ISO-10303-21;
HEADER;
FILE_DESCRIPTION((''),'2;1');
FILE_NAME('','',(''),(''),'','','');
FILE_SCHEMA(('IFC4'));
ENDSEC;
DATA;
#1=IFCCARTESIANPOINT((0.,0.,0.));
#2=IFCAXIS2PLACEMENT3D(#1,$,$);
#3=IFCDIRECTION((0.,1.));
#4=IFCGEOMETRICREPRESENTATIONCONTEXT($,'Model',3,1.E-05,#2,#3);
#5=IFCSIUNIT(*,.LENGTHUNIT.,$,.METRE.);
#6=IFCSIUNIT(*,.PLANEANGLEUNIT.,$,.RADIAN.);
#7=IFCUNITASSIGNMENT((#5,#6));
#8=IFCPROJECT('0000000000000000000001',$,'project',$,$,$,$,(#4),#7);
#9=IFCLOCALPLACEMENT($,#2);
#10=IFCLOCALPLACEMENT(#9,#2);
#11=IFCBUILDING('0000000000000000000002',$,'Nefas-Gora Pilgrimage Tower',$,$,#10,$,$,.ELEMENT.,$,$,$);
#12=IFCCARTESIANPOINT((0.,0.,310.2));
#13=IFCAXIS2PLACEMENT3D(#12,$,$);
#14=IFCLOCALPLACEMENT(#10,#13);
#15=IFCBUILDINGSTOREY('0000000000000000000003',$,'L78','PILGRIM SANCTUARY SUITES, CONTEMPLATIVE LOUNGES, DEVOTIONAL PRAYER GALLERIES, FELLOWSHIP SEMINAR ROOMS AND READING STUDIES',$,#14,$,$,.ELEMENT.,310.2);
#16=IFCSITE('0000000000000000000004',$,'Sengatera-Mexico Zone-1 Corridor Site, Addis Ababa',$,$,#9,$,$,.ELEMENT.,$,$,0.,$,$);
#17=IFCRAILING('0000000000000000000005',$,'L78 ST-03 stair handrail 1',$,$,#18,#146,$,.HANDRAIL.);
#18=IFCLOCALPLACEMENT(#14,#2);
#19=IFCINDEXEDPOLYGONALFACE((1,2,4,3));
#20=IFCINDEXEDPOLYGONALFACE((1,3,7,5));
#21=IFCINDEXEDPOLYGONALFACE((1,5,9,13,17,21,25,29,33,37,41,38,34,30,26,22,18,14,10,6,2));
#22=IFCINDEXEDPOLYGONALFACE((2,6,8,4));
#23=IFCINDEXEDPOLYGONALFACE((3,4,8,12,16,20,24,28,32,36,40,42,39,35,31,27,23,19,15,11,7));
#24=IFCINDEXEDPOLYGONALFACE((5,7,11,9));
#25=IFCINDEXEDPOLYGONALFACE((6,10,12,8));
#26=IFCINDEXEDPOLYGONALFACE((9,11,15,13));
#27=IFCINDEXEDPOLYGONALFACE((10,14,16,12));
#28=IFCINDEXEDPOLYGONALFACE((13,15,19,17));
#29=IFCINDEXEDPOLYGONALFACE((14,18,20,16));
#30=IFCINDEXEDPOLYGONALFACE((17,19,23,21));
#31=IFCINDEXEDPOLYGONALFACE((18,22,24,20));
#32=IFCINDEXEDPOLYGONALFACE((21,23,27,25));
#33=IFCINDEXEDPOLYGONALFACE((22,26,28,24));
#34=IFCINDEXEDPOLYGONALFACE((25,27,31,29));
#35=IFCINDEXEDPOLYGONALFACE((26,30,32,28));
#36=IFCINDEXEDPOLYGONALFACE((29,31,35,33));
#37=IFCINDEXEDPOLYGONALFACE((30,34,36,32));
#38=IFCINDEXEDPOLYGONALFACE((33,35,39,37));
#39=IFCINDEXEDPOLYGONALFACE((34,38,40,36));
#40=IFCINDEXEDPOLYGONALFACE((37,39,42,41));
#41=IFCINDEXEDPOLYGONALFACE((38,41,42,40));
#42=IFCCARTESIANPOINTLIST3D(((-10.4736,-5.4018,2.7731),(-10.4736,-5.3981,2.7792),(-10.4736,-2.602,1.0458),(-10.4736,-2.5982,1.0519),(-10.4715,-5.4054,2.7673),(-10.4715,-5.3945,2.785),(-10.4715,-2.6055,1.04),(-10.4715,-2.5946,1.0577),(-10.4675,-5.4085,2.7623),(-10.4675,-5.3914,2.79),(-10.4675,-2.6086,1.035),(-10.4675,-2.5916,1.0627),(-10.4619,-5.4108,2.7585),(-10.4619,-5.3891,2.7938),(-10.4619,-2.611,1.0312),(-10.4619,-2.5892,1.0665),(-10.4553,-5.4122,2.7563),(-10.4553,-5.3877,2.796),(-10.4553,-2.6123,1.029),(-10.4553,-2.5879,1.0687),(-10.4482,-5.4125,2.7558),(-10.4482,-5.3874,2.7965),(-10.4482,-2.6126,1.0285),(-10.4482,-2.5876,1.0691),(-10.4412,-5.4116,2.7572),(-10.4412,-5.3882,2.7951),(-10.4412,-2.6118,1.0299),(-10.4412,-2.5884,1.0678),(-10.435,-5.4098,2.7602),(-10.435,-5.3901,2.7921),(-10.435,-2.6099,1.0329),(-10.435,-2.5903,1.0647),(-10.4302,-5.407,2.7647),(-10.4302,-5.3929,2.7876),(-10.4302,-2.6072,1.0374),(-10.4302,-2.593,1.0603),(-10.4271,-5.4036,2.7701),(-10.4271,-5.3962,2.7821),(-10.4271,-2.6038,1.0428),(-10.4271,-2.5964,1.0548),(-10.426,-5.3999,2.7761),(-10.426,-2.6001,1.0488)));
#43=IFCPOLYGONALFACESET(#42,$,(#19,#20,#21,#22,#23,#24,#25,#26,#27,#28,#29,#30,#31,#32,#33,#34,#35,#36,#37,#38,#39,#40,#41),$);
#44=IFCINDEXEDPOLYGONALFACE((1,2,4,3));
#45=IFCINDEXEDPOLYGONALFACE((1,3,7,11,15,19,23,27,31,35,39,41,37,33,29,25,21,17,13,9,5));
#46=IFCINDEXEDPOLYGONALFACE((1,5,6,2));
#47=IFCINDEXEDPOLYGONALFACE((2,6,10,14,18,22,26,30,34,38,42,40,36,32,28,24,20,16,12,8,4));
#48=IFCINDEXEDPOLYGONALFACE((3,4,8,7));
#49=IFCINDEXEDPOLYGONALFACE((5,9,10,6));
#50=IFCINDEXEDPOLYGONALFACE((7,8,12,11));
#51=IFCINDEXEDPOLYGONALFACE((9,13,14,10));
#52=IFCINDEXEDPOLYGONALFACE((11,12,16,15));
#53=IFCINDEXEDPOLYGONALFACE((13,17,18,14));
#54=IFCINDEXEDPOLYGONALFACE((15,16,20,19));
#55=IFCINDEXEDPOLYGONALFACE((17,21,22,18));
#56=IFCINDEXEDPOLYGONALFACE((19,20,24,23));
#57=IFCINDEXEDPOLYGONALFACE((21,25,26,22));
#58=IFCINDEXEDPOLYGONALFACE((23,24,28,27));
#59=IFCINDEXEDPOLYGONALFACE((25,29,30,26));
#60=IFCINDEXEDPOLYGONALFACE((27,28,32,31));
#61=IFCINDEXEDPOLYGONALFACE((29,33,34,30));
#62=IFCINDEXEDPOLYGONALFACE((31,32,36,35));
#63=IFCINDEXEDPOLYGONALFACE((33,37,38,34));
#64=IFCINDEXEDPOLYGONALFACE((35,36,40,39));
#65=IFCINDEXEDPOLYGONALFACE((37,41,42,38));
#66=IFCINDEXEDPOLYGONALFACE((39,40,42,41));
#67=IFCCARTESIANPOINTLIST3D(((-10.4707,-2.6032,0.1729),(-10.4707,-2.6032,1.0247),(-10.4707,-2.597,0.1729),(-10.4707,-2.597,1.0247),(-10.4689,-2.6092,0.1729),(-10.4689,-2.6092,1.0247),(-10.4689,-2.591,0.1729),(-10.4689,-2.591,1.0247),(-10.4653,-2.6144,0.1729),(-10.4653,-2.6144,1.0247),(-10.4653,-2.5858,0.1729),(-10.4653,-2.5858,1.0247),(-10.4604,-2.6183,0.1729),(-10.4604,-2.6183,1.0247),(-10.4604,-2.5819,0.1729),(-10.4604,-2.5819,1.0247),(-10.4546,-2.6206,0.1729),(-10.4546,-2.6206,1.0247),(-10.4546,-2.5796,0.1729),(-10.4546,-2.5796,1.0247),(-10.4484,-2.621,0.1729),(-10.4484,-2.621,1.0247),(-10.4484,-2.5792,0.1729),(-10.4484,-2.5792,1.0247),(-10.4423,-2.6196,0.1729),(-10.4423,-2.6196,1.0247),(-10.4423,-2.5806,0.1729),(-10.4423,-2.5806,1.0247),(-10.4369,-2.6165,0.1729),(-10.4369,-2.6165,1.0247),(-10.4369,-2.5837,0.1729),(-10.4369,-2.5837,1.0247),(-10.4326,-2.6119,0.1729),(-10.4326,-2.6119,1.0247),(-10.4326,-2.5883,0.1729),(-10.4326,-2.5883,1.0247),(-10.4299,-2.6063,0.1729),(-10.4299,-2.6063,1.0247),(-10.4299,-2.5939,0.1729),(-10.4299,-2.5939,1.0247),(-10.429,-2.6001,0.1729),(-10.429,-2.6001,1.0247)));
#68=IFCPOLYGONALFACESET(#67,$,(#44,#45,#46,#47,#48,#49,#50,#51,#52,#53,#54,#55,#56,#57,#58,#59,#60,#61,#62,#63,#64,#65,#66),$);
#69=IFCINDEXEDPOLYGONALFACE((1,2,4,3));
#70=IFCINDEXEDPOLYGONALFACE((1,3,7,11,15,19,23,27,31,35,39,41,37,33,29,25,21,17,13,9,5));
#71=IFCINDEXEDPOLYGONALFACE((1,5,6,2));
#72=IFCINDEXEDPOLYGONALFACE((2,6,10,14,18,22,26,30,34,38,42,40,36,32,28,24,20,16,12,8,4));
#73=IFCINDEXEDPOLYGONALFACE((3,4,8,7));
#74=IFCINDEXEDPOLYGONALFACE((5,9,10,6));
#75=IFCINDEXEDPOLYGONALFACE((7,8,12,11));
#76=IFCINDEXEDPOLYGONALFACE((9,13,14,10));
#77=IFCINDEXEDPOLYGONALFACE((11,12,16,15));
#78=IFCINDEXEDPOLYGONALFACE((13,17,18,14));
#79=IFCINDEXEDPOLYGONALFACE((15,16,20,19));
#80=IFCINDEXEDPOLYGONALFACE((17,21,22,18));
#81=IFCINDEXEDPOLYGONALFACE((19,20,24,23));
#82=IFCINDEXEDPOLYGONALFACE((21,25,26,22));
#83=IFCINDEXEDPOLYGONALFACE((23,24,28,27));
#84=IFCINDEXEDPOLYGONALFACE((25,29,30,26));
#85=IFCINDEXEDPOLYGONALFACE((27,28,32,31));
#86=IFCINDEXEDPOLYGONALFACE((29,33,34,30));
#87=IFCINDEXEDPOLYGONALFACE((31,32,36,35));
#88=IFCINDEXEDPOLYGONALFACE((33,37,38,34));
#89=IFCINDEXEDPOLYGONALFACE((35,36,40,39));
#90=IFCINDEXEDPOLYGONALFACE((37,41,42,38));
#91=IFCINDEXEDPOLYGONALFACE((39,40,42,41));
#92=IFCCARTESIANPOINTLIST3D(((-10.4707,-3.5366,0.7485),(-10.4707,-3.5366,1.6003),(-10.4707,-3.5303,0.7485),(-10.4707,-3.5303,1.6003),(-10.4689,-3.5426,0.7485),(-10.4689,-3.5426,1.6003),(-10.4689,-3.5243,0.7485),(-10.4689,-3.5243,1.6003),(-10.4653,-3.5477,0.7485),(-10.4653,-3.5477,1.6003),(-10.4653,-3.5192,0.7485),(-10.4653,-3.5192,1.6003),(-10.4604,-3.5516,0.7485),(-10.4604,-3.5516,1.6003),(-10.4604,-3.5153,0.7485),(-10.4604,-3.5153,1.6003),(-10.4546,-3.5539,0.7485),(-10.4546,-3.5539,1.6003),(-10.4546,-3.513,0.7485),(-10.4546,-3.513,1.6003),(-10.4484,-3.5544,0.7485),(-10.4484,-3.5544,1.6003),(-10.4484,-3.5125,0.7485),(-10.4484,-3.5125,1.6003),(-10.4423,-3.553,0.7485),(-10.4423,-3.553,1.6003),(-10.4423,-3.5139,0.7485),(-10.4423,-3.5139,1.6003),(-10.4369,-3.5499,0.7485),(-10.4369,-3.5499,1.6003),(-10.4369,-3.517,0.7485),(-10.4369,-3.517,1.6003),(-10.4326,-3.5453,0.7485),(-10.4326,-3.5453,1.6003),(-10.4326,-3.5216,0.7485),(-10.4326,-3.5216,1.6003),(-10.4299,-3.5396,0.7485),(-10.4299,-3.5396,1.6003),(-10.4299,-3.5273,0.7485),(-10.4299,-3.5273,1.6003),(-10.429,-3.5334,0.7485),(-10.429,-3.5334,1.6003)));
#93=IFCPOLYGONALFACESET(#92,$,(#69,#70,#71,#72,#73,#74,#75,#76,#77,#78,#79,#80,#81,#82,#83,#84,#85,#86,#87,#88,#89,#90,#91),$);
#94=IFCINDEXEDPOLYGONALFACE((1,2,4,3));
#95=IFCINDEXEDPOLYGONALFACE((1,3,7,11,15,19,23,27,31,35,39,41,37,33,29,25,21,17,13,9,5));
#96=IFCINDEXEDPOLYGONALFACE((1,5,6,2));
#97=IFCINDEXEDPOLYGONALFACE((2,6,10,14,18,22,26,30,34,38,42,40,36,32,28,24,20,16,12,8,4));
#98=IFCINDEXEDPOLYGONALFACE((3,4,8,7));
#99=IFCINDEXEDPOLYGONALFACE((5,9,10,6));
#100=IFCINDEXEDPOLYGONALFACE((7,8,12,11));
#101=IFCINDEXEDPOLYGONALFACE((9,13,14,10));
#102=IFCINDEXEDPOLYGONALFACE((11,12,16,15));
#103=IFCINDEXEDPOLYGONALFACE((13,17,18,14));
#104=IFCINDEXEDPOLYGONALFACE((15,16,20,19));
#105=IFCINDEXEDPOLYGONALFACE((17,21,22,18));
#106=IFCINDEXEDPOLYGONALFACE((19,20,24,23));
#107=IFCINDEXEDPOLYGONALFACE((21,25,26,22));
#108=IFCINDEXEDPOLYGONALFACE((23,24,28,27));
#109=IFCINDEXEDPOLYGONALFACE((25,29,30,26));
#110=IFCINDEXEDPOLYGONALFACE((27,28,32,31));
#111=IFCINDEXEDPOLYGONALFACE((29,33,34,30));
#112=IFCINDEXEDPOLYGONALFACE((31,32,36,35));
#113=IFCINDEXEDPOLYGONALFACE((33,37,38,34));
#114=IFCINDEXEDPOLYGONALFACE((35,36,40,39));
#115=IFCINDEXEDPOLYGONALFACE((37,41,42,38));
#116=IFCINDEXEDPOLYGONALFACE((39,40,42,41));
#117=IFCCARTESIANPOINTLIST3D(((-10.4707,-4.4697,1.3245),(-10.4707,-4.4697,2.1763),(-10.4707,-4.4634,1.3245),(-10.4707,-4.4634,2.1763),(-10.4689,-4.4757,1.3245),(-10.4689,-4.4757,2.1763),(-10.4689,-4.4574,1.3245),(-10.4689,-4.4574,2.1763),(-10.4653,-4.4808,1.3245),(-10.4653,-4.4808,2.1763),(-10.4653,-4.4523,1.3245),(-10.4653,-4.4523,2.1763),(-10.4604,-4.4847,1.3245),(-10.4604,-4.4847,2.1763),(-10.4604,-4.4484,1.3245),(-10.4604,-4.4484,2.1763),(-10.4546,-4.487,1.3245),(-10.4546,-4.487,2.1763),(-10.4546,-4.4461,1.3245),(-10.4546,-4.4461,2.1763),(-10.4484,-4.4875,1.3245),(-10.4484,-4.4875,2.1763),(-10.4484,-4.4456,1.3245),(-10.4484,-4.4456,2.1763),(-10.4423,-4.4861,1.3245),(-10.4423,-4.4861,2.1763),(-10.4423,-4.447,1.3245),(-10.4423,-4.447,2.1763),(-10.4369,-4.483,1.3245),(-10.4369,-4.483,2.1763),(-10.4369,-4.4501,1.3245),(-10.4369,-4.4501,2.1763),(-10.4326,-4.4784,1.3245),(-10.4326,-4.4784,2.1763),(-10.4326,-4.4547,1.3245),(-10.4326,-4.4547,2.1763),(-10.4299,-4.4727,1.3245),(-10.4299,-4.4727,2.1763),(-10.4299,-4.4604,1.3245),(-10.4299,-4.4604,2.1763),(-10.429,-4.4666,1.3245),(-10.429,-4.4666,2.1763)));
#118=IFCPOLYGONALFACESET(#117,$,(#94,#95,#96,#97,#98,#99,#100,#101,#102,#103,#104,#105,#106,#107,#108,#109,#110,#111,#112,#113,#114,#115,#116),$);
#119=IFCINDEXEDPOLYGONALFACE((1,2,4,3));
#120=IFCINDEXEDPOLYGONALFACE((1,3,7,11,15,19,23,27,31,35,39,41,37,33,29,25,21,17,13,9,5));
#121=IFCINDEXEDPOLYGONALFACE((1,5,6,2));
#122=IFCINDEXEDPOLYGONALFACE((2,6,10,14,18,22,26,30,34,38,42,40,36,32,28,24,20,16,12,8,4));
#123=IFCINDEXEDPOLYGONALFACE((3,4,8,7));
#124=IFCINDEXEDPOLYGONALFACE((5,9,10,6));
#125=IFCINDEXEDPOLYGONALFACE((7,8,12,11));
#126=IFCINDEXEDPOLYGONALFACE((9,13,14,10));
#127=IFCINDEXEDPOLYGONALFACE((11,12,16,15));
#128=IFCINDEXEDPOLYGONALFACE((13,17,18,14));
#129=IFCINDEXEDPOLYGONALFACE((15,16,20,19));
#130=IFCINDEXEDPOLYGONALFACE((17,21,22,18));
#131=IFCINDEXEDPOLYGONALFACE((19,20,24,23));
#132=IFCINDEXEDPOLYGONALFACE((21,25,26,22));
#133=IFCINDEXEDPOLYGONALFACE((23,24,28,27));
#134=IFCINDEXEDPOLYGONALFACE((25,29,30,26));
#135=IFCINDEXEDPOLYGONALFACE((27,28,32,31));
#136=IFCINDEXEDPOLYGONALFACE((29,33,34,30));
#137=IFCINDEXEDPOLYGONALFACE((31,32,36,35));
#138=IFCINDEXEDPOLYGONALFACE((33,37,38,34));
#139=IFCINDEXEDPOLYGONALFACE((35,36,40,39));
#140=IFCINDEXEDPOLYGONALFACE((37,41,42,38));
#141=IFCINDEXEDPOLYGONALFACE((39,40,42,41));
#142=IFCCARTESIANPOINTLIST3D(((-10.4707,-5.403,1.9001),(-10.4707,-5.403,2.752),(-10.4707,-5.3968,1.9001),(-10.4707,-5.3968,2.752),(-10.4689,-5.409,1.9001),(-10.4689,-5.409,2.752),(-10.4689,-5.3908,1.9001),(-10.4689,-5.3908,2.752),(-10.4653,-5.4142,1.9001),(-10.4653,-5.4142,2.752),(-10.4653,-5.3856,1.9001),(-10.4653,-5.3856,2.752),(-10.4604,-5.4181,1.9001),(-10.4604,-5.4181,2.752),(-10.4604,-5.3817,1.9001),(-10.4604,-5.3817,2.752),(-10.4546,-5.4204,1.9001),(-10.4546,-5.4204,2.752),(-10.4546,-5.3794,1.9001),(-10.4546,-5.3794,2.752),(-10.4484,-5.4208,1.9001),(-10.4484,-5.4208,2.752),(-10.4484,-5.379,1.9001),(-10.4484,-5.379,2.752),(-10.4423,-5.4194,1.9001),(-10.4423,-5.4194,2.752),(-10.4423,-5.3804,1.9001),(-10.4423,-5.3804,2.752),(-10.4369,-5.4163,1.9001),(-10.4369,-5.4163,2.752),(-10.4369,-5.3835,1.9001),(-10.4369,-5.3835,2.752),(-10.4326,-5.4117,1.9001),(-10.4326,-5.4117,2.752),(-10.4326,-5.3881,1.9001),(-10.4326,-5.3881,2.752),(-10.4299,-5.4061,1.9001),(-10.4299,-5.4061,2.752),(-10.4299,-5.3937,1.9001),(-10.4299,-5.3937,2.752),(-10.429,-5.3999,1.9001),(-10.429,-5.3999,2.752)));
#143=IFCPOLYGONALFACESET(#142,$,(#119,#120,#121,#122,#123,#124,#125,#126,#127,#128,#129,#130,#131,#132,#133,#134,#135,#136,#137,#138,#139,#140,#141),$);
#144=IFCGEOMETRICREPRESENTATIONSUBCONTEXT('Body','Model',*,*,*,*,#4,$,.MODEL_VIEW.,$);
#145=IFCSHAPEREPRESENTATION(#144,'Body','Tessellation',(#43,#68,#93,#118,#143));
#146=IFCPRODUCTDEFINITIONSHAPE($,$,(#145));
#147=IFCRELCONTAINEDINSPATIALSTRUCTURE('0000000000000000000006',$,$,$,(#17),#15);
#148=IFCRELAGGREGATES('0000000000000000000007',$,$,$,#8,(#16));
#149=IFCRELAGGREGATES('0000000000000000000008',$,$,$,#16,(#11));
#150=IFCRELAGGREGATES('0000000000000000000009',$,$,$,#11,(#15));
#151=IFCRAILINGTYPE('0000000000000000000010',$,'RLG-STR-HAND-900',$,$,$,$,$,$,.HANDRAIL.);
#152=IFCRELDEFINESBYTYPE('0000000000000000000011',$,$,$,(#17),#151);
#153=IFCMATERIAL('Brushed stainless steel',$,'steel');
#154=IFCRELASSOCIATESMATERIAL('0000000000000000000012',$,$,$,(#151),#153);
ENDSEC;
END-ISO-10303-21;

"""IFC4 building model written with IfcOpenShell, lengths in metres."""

from ifc_helpers import new_model, si_unit, direction, frame, origin, origin_2d, place, context, subcontext, project, spatial, circle, extrude, material, type_object, element, save


model = new_model("IFC4")

# Units and contexts
model_context = context("Model", 3, precision=1e-05, world=origin(), true_north=direction((0.0, 1.0)))
body_context = subcontext(model_context, "Body", "Model", "MODEL_VIEW")
ifc_project = project(units=[si_unit("LENGTHUNIT", "METRE"), si_unit("PLANEANGLEUNIT", "RADIAN")], contexts=[model_context])

# Site, building, storey
site_placement = place(None, origin())
site = spatial("IfcSite", under=ifc_project, at=site_placement, Name="Sengatera-Mexico Zone-1 Corridor Site, Addis Ababa", CompositionType="ELEMENT", RefElevation=0.0)
building_placement = place(site_placement, origin())
building = spatial("IfcBuilding", under=site, at=building_placement, Name="Nefas-Gora Pilgrimage Tower", CompositionType="ELEMENT")
storey_placement = place(building_placement, frame((0.0, 0.0, 310.2)))
storey = spatial("IfcBuildingStorey", under=building, at=storey_placement, Name="L78", Description="PILGRIM SANCTUARY SUITES, CONTEMPLATIVE LOUNGES, DEVOTIONAL PRAYER GALLERIES, FELLOWSHIP SEMINAR ROOMS AND READING STUDIES", CompositionType="ELEMENT", Elevation=310.2)

# Railing
ifc_material_1 = material(Name="Brushed stainless steel", Category="steel")
railing_type_1 = type_object("IfcRailingType", Name="RLG-STR-HAND-900", PredefinedType="HANDRAIL", material=ifc_material_1)
railing_1_placement = place(storey_placement, frame((-10.45, -2.6001, 0.1729)))
element("IfcRailing", 1, at=railing_1_placement, inside=storey, type_object=railing_type_1, Name="L78 ST-03 stair handrail 1", PredefinedType="HANDRAIL", context=body_context, shape_type="SweptSolid", body=[
    extrude(circle(Radius=0.0239, at=origin_2d()), frame((0.0, 0.0, 0.876), z_axis=(0.0, -0.851069, 0.525054), x_axis=(1.0, 0.0, 0.0)), (0.0, 0.0, 1.0), 3.2898),
    extrude(circle(Radius=0.021, at=origin_2d()), origin(), (0.0, 0.0, 1.0), 0.8518),
    extrude(circle(Radius=0.021, at=origin_2d()), frame((0.0, -0.9333, 0.5757)), (0.0, 0.0, 1.0), 0.8518),
    extrude(circle(Radius=0.021, at=origin_2d()), frame((0.0, -1.8665, 1.1516)), (0.0, 0.0, 1.0), 0.8518),
    extrude(circle(Radius=0.021, at=origin_2d()), frame((0.0, -2.7998, 1.7273)), (0.0, 0.0, 1.0), 0.8518),
])

save(model, "model.ifc")
